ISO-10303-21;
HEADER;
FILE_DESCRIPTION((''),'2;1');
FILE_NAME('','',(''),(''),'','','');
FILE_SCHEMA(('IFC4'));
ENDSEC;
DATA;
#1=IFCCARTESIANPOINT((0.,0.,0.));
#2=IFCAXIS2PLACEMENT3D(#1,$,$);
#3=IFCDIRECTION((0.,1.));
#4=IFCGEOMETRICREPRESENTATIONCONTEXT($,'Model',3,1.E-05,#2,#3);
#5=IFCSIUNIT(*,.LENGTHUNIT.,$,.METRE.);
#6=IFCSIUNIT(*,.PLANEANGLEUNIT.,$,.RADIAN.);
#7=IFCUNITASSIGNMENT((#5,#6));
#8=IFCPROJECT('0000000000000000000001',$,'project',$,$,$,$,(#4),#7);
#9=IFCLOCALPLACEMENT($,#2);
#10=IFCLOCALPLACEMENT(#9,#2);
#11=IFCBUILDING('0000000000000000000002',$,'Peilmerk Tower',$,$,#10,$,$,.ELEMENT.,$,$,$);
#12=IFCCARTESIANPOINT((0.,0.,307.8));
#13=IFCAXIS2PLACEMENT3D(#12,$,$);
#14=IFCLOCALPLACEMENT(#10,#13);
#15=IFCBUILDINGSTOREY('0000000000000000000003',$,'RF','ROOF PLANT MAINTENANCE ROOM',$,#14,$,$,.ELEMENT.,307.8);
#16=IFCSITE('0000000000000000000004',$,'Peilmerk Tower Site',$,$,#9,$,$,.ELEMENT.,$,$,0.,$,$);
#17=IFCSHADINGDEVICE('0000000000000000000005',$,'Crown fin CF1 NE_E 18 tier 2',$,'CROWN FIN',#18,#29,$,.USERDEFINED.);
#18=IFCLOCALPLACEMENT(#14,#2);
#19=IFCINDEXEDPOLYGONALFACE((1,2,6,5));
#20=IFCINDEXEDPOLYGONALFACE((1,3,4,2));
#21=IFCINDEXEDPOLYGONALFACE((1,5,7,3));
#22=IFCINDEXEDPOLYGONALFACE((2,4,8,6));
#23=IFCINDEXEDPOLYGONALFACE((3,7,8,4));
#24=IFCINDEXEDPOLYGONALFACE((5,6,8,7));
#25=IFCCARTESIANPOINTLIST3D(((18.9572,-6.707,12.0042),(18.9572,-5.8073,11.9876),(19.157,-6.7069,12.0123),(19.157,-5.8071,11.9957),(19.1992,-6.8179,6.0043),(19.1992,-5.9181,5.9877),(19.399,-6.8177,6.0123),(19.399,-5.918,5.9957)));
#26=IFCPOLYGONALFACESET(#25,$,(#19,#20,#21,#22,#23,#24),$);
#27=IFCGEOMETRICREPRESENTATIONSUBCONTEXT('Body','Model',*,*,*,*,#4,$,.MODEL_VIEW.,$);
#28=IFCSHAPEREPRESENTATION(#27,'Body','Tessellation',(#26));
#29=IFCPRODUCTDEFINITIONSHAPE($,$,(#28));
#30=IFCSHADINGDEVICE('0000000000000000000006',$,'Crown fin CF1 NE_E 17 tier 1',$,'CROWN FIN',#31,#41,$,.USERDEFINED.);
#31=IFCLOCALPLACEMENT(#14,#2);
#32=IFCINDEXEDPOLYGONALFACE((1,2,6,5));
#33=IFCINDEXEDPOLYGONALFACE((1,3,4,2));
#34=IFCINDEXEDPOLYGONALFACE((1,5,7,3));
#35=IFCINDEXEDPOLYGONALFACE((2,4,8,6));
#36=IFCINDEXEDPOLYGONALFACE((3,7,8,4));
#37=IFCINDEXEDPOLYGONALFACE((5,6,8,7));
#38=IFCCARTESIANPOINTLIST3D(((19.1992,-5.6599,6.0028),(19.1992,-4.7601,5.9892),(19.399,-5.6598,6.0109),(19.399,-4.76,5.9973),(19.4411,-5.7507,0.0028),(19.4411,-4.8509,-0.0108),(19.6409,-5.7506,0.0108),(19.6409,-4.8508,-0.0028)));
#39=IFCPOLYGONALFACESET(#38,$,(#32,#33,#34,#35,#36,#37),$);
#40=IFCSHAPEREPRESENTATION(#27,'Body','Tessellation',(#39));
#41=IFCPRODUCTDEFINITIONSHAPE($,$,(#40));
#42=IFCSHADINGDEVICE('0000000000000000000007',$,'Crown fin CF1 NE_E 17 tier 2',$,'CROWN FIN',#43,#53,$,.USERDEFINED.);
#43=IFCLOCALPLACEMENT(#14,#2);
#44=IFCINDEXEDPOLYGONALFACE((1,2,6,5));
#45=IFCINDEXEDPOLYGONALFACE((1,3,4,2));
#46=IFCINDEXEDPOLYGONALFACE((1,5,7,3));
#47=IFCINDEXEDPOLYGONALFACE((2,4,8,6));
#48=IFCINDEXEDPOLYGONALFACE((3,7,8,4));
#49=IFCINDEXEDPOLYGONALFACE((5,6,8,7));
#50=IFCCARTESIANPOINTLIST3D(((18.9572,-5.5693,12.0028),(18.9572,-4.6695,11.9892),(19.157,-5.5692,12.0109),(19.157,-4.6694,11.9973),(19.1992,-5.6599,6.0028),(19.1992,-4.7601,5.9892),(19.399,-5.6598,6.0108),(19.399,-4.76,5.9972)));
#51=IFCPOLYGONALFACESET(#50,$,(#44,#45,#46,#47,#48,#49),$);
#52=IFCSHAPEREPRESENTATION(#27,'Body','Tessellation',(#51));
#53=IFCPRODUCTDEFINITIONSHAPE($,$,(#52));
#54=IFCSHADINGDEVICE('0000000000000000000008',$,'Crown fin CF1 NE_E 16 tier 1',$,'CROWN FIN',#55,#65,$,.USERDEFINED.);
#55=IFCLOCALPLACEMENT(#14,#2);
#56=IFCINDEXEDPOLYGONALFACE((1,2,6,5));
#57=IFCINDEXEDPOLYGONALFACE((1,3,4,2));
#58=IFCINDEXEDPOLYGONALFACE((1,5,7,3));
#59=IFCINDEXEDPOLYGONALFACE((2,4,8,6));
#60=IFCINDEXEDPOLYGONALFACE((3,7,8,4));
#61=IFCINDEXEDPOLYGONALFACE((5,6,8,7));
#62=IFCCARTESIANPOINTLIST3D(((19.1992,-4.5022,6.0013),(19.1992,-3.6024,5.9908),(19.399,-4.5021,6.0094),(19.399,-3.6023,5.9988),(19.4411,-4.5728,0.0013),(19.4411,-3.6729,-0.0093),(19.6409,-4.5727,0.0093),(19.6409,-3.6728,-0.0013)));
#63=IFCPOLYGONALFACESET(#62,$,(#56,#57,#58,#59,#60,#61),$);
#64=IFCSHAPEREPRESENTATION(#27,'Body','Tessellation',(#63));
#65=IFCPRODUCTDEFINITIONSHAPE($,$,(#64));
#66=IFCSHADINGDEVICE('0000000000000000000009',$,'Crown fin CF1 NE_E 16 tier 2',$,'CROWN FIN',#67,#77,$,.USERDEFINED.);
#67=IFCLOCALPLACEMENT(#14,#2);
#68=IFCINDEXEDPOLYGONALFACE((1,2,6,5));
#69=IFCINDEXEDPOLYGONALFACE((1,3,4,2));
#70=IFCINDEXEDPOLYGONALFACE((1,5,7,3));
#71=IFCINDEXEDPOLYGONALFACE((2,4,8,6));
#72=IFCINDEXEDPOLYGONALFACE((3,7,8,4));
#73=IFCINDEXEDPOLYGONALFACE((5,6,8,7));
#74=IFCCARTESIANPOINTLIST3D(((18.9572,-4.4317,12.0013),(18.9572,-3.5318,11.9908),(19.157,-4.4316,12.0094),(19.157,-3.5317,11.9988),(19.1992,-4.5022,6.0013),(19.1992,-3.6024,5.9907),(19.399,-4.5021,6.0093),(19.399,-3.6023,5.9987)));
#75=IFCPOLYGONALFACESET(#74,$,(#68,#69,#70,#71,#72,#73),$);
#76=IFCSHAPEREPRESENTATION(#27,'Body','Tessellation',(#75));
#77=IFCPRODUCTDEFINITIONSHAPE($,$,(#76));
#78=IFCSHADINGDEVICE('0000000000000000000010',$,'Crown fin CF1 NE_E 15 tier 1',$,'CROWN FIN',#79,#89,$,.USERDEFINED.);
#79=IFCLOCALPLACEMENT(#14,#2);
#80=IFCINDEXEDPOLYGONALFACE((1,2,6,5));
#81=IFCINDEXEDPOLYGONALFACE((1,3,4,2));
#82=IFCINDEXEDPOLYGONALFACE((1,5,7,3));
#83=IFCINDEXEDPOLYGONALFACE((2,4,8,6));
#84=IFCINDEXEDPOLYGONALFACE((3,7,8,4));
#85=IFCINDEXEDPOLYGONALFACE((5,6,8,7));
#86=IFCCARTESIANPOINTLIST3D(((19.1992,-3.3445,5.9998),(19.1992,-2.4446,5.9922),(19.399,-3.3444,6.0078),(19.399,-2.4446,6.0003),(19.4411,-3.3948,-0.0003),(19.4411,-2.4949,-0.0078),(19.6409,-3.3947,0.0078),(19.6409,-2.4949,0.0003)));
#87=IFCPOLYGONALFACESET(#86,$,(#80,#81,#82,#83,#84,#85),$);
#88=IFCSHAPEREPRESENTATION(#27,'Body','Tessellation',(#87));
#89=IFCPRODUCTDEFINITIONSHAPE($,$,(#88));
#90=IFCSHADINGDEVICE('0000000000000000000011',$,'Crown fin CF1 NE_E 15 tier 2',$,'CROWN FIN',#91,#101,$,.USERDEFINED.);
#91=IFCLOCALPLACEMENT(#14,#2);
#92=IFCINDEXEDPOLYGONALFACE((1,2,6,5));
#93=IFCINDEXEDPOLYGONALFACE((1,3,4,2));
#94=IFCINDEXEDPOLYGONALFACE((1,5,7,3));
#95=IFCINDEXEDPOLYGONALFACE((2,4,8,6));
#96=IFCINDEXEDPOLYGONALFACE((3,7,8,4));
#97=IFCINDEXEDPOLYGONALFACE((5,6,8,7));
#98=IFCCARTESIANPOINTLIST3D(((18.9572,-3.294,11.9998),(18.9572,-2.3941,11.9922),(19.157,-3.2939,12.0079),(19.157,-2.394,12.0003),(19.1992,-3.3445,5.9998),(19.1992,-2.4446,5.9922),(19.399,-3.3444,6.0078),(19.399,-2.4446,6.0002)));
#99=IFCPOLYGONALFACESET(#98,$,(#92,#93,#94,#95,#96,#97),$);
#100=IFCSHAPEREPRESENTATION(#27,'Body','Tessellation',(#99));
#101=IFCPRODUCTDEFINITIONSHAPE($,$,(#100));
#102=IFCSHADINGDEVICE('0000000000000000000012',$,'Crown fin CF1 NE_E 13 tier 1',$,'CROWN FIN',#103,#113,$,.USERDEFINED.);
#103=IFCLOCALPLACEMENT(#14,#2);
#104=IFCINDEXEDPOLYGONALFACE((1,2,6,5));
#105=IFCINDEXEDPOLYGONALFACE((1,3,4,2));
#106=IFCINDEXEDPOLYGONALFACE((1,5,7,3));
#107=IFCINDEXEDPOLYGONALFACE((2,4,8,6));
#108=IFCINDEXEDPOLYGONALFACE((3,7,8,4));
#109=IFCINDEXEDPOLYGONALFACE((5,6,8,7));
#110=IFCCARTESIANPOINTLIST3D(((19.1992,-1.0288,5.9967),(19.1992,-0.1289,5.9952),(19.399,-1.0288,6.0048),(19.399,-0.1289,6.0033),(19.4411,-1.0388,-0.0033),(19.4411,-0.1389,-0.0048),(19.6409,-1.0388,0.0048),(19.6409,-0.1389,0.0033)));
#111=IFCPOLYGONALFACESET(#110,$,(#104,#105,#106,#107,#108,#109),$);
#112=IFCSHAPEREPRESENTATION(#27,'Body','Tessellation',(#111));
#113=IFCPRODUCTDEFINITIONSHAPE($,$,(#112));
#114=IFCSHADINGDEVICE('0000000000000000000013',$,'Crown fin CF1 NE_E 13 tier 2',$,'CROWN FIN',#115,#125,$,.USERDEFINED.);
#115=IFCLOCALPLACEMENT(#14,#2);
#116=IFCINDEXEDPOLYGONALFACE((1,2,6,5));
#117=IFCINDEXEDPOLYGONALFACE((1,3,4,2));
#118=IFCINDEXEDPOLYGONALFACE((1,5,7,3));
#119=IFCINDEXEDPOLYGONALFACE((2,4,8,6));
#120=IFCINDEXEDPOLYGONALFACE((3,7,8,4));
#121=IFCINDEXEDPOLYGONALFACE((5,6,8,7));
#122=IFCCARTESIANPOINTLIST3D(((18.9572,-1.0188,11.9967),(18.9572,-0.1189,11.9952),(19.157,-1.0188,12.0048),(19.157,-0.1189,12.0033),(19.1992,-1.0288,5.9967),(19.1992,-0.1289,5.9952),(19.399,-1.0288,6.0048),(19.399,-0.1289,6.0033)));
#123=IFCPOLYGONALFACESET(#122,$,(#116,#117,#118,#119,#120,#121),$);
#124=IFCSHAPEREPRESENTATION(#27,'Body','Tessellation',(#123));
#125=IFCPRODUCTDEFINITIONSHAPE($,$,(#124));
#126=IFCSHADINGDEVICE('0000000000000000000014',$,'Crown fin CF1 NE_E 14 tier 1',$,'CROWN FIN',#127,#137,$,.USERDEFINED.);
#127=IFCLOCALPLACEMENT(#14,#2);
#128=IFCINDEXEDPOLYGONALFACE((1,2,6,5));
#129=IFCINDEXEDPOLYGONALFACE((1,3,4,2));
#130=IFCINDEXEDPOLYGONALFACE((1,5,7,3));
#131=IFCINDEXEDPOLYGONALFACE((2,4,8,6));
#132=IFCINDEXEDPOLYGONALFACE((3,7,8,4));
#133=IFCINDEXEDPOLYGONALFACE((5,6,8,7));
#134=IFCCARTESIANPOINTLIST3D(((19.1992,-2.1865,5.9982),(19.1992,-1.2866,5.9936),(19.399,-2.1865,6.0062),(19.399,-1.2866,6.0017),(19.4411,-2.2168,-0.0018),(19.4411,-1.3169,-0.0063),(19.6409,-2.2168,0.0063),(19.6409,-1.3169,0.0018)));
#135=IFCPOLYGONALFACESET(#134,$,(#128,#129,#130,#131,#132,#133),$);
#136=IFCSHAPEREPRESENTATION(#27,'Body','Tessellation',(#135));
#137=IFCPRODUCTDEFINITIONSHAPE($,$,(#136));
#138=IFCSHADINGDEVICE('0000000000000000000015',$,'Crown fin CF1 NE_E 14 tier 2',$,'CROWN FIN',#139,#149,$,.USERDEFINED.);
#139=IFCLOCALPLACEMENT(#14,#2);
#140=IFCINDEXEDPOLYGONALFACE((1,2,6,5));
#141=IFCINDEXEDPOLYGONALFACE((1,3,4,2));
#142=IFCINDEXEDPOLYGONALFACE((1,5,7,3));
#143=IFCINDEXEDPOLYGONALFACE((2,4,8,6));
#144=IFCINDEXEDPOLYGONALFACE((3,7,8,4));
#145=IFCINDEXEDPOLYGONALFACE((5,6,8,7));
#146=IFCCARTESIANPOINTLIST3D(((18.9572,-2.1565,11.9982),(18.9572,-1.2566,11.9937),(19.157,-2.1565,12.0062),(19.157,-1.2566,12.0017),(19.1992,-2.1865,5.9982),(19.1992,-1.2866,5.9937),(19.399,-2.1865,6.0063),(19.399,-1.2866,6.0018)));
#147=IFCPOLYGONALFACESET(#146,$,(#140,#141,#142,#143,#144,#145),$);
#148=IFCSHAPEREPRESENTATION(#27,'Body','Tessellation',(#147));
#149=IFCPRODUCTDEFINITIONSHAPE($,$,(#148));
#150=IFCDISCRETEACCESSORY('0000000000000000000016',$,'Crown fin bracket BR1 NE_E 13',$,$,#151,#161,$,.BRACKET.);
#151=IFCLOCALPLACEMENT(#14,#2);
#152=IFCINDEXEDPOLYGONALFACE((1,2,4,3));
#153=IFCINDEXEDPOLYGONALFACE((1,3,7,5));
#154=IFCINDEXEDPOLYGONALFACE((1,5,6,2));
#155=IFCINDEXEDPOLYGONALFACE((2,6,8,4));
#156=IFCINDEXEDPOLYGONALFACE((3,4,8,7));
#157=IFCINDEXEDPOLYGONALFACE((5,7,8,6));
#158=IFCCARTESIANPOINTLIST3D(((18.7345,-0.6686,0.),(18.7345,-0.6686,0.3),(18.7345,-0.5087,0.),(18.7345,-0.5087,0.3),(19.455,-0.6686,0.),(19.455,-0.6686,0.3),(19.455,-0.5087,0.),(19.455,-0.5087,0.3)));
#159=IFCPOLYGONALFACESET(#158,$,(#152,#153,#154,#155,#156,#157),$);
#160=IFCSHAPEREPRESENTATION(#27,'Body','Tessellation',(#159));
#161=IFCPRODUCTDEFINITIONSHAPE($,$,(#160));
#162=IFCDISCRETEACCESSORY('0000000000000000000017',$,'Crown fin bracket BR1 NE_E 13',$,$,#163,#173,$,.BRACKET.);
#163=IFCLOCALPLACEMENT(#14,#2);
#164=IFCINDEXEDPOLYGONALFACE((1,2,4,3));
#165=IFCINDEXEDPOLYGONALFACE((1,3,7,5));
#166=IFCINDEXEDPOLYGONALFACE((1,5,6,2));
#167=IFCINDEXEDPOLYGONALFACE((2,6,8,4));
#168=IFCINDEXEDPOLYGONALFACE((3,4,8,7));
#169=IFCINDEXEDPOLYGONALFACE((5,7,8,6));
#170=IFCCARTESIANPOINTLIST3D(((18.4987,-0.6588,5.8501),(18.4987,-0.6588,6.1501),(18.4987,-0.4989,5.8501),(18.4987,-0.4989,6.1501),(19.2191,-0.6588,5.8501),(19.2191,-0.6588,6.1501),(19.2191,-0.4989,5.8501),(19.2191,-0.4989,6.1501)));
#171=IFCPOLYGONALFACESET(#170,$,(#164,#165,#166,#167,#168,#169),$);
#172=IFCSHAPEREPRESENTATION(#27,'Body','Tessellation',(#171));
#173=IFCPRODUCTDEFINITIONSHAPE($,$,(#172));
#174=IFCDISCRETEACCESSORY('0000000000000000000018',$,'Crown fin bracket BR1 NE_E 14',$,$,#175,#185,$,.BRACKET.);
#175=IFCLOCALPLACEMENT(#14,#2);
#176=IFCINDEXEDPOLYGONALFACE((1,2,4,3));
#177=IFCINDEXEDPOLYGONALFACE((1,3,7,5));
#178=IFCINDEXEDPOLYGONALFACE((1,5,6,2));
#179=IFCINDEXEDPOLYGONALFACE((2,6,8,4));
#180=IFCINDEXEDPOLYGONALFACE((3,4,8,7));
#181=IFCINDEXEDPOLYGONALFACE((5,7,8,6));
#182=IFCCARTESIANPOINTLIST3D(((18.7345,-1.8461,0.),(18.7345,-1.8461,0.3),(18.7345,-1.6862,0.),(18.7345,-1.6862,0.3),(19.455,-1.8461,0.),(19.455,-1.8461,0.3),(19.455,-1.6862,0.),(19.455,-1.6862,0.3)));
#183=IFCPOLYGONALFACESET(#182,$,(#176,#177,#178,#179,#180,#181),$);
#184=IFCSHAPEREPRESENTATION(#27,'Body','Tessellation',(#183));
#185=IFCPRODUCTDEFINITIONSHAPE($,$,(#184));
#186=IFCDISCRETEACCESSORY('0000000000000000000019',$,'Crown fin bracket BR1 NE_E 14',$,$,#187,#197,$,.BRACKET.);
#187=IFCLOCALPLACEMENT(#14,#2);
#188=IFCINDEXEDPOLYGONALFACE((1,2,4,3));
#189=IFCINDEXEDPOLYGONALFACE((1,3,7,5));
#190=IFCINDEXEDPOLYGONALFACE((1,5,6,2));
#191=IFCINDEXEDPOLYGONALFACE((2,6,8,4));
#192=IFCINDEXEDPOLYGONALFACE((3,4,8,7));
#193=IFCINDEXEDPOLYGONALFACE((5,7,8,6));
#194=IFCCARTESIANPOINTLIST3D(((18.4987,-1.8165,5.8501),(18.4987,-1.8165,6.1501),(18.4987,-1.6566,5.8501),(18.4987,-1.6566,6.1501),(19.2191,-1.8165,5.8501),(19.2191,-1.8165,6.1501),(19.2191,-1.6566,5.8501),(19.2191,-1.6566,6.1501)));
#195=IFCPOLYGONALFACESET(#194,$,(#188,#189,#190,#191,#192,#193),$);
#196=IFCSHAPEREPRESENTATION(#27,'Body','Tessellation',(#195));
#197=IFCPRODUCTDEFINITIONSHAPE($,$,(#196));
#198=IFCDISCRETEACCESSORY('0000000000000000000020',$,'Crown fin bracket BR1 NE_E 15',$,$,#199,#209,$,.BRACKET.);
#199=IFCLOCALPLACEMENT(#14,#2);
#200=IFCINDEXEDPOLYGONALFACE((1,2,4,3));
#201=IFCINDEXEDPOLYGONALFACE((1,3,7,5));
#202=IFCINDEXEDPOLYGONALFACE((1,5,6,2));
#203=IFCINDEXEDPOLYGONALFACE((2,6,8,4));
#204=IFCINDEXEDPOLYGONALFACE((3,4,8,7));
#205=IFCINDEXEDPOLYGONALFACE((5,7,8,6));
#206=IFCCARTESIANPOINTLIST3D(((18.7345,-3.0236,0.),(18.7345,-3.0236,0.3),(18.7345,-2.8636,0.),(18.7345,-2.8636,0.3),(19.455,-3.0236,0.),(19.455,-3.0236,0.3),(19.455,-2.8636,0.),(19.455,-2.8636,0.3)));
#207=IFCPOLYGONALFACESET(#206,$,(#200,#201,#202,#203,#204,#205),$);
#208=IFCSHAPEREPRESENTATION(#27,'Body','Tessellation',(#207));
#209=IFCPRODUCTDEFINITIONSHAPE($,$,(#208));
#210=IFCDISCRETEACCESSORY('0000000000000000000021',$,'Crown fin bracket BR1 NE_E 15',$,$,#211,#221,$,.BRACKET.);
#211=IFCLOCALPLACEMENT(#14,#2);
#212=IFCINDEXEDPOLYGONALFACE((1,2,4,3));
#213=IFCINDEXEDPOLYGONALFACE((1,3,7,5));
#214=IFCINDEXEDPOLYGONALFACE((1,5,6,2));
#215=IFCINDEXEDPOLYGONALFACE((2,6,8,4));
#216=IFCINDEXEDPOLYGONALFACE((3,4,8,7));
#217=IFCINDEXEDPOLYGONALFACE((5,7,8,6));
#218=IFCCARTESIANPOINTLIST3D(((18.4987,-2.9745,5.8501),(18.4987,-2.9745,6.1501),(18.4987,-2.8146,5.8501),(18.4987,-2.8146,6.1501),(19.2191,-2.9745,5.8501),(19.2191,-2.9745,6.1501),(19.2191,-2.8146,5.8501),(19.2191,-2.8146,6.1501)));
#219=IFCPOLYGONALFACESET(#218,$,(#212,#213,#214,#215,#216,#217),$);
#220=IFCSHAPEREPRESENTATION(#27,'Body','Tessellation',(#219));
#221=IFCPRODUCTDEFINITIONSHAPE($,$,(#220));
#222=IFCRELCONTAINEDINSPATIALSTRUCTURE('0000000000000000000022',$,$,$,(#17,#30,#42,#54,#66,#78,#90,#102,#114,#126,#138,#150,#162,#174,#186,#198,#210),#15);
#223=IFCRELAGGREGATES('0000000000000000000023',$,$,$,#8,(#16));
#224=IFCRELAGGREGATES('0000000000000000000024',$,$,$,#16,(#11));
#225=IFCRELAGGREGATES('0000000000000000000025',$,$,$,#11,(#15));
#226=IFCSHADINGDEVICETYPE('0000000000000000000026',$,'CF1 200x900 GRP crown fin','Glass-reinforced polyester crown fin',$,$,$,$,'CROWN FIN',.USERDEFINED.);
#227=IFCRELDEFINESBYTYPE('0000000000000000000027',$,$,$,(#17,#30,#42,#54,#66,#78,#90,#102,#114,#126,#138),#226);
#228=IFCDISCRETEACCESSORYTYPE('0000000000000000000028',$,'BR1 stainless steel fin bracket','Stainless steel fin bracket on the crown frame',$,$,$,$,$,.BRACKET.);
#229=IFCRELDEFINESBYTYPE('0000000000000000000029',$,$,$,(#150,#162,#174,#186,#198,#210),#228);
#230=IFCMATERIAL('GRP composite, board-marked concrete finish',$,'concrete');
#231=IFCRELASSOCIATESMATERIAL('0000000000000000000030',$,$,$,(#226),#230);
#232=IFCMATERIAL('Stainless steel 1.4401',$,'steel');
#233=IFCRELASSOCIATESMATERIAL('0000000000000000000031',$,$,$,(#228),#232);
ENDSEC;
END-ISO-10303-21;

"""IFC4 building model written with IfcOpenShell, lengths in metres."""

from ifc_helpers import new_model, si_unit, direction, frame, origin, origin_2d, place, context, subcontext, project, spatial, rectangle, extrude, source, transform, mapped, material, material_profile, profile_set, type_object, element, save


model = new_model("IFC4")

# Units and contexts
model_context = context("Model", 3, precision=1e-05, world=origin(), true_north=direction((0.0, 1.0)))
body_context = subcontext(model_context, "Body", "Model", "MODEL_VIEW")
ifc_project = project(units=[si_unit("LENGTHUNIT", "METRE"), si_unit("PLANEANGLEUNIT", "RADIAN")], contexts=[model_context])

# Site, building, storey
site_placement = place(None, origin())
site = spatial("IfcSite", under=ifc_project, at=site_placement, Name="Peilmerk Tower Site", CompositionType="ELEMENT", RefElevation=0.0)
building_placement = place(site_placement, origin())
building = spatial("IfcBuilding", under=site, at=building_placement, Name="Peilmerk Tower", CompositionType="ELEMENT")
storey_placement = place(building_placement, frame((0.0, 0.0, 307.8)))
storey = spatial("IfcBuildingStorey", under=building, at=storey_placement, Name="RF", Description="ROOF PLANT MAINTENANCE ROOM", CompositionType="ELEMENT", Elevation=307.8)

# Shading devices
ifc_material_1 = material(Name="GRP composite, board-marked concrete finish", Category="concrete")
ifc_material_profile = material_profile(ifc_material_1, rectangle(XDim=0.2, YDim=0.8999, at=origin_2d()), Name="CF1 200x900")
ifc_profile_set = profile_set([ifc_material_profile], Name="GRP composite, board-marked concrete finish")
shading_device_type = type_object("IfcShadingDeviceType", Name="CF1 200x900 GRP crown fin", Description="Glass-reinforced polyester crown fin", ElementType="CROWN FIN", PredefinedType="USERDEFINED", material=ifc_profile_set)
shared_shape_1 = source(origin(), body_context, "Body", "SweptSolid", [
    extrude(rectangle(XDim=0.2, YDim=0.8999, at=origin_2d()), origin(), (0.0, 0.0, 1.0), 6.0059),
])
shading_device_placement = place(storey_placement, frame((19.2991, -6.3679, 6.0), z_axis=(-0.040284, 0.018455, 0.999018), x_axis=(0.999188, 0.000744, 0.040277)))
element("IfcShadingDevice", 1, at=shading_device_placement, inside=storey, type_object=shading_device_type, Name="Crown fin CF1 NE_E 18 tier 2", ObjectType="CROWN FIN", PredefinedType="USERDEFINED", context=body_context, shape_type="MappedRepresentation", body=[
    mapped(shared_shape_1, transform((0.0, 0.0, 0.0), scale=1.0)),
])
shared_shape_2 = source(origin(), body_context, "Body", "SweptSolid", [
    extrude(rectangle(XDim=0.2, YDim=0.8999, at=origin_2d()), origin(), (0.0, 0.0, 1.0), 6.0056),
])
for number, where, z_axis, x_axis, name in (
    (2, (19.541, -5.3008, 0.0), (-0.040287, 0.015123, 0.999074), (0.999188, 0.00061, 0.040282), "Crown fin CF1 NE_E 17 tier 1"),
    (3, (19.2991, -5.21, 6.0), (-0.040287, 0.015082, 0.999074), (0.999188, 0.000608, 0.040282), "Crown fin CF1 NE_E 17 tier 2"),
):
    element("IfcShadingDevice", number, at=place(storey_placement, frame(where, z_axis=z_axis, x_axis=x_axis)), inside=storey, type_object=shading_device_type, Name=name, ObjectType="CROWN FIN", PredefinedType="USERDEFINED", context=body_context, shape_type="MappedRepresentation", body=[
        mapped(shared_shape_2, transform((0.0, 0.0, 0.0), scale=1.0)),
    ])
shared_shape_3 = source(origin(), body_context, "Body", "SweptSolid", [
    extrude(rectangle(XDim=0.2, YDim=0.8999, at=origin_2d()), origin(), (0.0, 0.0, 1.0), 6.0054),
])
for number, where, z_axis, x_axis, name in (
    (4, (19.541, -4.1228, 0.0), (-0.040288, 0.011749, 0.999119), (0.999188, 0.000474, 0.040286), "Crown fin CF1 NE_E 16 tier 1"),
    (5, (19.2991, -4.0522, 6.0), (-0.040288, 0.011749, 0.999119), (0.999188, 0.000474, 0.040286), "Crown fin CF1 NE_E 16 tier 2"),
):
    element("IfcShadingDevice", number, at=place(storey_placement, frame(where, z_axis=z_axis, x_axis=x_axis)), inside=storey, type_object=shading_device_type, Name=name, ObjectType="CROWN FIN", PredefinedType="USERDEFINED", context=body_context, shape_type="MappedRepresentation", body=[
        mapped(shared_shape_3, transform((0.0, 0.0, 0.0), scale=1.0)),
    ])
shared_shape_4 = source(origin(), body_context, "Body", "SweptSolid", [
    extrude(rectangle(XDim=0.2, YDim=0.8999, at=origin_2d()), origin(), (0.0, 0.0, 1.0), 6.0051),
])
for number, where, z_axis, x_axis, name in (
    (6, (19.541, -2.9448, 0.0), (-0.04029, 0.008375, 0.999153), (0.999188, 0.000338, 0.040288), "Crown fin CF1 NE_E 15 tier 1"),
    (7, (19.2991, -2.8945, 6.0), (-0.04029, 0.008416, 0.999153), (0.999188, 0.000339, 0.040288), "Crown fin CF1 NE_E 15 tier 2"),
):
    element("IfcShadingDevice", number, at=place(storey_placement, frame(where, z_axis=z_axis, x_axis=x_axis)), inside=storey, type_object=shading_device_type, Name=name, ObjectType="CROWN FIN", PredefinedType="USERDEFINED", context=body_context, shape_type="MappedRepresentation", body=[
        mapped(shared_shape_4, transform((0.0, 0.0, 0.0), scale=1.0)),
    ])
shared_shape_5 = source(origin(), body_context, "Body", "SweptSolid", [
    extrude(rectangle(XDim=0.2, YDim=0.8999, at=origin_2d()), origin(), (0.0, 0.0, 1.0), 6.0049),
])
for number, where, z_axis, x_axis, name in (
    (8, (19.541, -0.5889, 0.0), (-0.040291, 0.001667, 0.999187), (0.999188, 0.000067, 0.040291), "Crown fin CF1 NE_E 13 tier 1"),
    (9, (19.2991, -0.5789, 6.0), (-0.040291, 0.001667, 0.999187), (0.999188, 0.000067, 0.040291), "Crown fin CF1 NE_E 13 tier 2"),
    (10, (19.541, -1.7668, 0.0), (-0.040291, 0.005041, 0.999175), (0.999188, 0.000203, 0.04029), "Crown fin CF1 NE_E 14 tier 1"),
    (11, (19.2991, -1.7366, 6.0), (-0.040291, 0.005001, 0.999175), (0.999188, 0.000202, 0.04029), "Crown fin CF1 NE_E 14 tier 2"),
):
    element("IfcShadingDevice", number, at=place(storey_placement, frame(where, z_axis=z_axis, x_axis=x_axis)), inside=storey, type_object=shading_device_type, Name=name, ObjectType="CROWN FIN", PredefinedType="USERDEFINED", context=body_context, shape_type="MappedRepresentation", body=[
        mapped(shared_shape_5, transform((0.0, 0.0, 0.0), scale=1.0)),
    ])

# Discrete accessories
ifc_material_2 = material(Name="Stainless steel 1.4401", Category="steel")
discrete_accessory_type = type_object("IfcDiscreteAccessoryType", Name="BR1 stainless steel fin bracket", Description="Stainless steel fin bracket on the crown frame", PredefinedType="BRACKET", material=ifc_material_2)
shared_shape_6 = source(origin(), body_context, "Body", "SweptSolid", [
    extrude(rectangle(XDim=0.7205, YDim=0.1599, at=origin_2d()), origin(), (0.0, 0.0, 1.0), 0.3),
])
for number, where, z_axis, x_axis, name in (
    (12, (19.0947, -0.5886, 0.0), (0.0, 0.0, 1.0), (1.0, 0.0, 0.0), "Crown fin bracket BR1 NE_E 13"),
    (13, (18.8589, -0.5789, 5.8501), (0.0, 0.0, 1.0), (1.0, 0.0, 0.0), "Crown fin bracket BR1 NE_E 13"),
    (14, (19.0947, -1.7661, 0.0), (0.0, 0.0, 1.0), (1.0, 0.0, 0.0), "Crown fin bracket BR1 NE_E 14"),
    (15, (18.8589, -1.7366, 5.8501), (0.0, 0.0, 1.0), (1.0, 0.0, 0.0), "Crown fin bracket BR1 NE_E 14"),
    (16, (19.0947, -2.9436, 0.0), (0.0, 0.0, 1.0), (1.0, 0.0, 0.0), "Crown fin bracket BR1 NE_E 15"),
    (17, (18.8589, -2.8945, 5.8501), (0.0, 0.0, 1.0), (1.0, 0.0, 0.0), "Crown fin bracket BR1 NE_E 15"),
):
    element("IfcDiscreteAccessory", number, at=place(storey_placement, frame(where, z_axis=z_axis, x_axis=x_axis)), inside=storey, type_object=discrete_accessory_type, Name=name, PredefinedType="BRACKET", context=body_context, shape_type="MappedRepresentation", body=[
        mapped(shared_shape_6, transform((0.0, 0.0, 0.0), scale=1.0)),
    ])

save(model, "model.ifc")
